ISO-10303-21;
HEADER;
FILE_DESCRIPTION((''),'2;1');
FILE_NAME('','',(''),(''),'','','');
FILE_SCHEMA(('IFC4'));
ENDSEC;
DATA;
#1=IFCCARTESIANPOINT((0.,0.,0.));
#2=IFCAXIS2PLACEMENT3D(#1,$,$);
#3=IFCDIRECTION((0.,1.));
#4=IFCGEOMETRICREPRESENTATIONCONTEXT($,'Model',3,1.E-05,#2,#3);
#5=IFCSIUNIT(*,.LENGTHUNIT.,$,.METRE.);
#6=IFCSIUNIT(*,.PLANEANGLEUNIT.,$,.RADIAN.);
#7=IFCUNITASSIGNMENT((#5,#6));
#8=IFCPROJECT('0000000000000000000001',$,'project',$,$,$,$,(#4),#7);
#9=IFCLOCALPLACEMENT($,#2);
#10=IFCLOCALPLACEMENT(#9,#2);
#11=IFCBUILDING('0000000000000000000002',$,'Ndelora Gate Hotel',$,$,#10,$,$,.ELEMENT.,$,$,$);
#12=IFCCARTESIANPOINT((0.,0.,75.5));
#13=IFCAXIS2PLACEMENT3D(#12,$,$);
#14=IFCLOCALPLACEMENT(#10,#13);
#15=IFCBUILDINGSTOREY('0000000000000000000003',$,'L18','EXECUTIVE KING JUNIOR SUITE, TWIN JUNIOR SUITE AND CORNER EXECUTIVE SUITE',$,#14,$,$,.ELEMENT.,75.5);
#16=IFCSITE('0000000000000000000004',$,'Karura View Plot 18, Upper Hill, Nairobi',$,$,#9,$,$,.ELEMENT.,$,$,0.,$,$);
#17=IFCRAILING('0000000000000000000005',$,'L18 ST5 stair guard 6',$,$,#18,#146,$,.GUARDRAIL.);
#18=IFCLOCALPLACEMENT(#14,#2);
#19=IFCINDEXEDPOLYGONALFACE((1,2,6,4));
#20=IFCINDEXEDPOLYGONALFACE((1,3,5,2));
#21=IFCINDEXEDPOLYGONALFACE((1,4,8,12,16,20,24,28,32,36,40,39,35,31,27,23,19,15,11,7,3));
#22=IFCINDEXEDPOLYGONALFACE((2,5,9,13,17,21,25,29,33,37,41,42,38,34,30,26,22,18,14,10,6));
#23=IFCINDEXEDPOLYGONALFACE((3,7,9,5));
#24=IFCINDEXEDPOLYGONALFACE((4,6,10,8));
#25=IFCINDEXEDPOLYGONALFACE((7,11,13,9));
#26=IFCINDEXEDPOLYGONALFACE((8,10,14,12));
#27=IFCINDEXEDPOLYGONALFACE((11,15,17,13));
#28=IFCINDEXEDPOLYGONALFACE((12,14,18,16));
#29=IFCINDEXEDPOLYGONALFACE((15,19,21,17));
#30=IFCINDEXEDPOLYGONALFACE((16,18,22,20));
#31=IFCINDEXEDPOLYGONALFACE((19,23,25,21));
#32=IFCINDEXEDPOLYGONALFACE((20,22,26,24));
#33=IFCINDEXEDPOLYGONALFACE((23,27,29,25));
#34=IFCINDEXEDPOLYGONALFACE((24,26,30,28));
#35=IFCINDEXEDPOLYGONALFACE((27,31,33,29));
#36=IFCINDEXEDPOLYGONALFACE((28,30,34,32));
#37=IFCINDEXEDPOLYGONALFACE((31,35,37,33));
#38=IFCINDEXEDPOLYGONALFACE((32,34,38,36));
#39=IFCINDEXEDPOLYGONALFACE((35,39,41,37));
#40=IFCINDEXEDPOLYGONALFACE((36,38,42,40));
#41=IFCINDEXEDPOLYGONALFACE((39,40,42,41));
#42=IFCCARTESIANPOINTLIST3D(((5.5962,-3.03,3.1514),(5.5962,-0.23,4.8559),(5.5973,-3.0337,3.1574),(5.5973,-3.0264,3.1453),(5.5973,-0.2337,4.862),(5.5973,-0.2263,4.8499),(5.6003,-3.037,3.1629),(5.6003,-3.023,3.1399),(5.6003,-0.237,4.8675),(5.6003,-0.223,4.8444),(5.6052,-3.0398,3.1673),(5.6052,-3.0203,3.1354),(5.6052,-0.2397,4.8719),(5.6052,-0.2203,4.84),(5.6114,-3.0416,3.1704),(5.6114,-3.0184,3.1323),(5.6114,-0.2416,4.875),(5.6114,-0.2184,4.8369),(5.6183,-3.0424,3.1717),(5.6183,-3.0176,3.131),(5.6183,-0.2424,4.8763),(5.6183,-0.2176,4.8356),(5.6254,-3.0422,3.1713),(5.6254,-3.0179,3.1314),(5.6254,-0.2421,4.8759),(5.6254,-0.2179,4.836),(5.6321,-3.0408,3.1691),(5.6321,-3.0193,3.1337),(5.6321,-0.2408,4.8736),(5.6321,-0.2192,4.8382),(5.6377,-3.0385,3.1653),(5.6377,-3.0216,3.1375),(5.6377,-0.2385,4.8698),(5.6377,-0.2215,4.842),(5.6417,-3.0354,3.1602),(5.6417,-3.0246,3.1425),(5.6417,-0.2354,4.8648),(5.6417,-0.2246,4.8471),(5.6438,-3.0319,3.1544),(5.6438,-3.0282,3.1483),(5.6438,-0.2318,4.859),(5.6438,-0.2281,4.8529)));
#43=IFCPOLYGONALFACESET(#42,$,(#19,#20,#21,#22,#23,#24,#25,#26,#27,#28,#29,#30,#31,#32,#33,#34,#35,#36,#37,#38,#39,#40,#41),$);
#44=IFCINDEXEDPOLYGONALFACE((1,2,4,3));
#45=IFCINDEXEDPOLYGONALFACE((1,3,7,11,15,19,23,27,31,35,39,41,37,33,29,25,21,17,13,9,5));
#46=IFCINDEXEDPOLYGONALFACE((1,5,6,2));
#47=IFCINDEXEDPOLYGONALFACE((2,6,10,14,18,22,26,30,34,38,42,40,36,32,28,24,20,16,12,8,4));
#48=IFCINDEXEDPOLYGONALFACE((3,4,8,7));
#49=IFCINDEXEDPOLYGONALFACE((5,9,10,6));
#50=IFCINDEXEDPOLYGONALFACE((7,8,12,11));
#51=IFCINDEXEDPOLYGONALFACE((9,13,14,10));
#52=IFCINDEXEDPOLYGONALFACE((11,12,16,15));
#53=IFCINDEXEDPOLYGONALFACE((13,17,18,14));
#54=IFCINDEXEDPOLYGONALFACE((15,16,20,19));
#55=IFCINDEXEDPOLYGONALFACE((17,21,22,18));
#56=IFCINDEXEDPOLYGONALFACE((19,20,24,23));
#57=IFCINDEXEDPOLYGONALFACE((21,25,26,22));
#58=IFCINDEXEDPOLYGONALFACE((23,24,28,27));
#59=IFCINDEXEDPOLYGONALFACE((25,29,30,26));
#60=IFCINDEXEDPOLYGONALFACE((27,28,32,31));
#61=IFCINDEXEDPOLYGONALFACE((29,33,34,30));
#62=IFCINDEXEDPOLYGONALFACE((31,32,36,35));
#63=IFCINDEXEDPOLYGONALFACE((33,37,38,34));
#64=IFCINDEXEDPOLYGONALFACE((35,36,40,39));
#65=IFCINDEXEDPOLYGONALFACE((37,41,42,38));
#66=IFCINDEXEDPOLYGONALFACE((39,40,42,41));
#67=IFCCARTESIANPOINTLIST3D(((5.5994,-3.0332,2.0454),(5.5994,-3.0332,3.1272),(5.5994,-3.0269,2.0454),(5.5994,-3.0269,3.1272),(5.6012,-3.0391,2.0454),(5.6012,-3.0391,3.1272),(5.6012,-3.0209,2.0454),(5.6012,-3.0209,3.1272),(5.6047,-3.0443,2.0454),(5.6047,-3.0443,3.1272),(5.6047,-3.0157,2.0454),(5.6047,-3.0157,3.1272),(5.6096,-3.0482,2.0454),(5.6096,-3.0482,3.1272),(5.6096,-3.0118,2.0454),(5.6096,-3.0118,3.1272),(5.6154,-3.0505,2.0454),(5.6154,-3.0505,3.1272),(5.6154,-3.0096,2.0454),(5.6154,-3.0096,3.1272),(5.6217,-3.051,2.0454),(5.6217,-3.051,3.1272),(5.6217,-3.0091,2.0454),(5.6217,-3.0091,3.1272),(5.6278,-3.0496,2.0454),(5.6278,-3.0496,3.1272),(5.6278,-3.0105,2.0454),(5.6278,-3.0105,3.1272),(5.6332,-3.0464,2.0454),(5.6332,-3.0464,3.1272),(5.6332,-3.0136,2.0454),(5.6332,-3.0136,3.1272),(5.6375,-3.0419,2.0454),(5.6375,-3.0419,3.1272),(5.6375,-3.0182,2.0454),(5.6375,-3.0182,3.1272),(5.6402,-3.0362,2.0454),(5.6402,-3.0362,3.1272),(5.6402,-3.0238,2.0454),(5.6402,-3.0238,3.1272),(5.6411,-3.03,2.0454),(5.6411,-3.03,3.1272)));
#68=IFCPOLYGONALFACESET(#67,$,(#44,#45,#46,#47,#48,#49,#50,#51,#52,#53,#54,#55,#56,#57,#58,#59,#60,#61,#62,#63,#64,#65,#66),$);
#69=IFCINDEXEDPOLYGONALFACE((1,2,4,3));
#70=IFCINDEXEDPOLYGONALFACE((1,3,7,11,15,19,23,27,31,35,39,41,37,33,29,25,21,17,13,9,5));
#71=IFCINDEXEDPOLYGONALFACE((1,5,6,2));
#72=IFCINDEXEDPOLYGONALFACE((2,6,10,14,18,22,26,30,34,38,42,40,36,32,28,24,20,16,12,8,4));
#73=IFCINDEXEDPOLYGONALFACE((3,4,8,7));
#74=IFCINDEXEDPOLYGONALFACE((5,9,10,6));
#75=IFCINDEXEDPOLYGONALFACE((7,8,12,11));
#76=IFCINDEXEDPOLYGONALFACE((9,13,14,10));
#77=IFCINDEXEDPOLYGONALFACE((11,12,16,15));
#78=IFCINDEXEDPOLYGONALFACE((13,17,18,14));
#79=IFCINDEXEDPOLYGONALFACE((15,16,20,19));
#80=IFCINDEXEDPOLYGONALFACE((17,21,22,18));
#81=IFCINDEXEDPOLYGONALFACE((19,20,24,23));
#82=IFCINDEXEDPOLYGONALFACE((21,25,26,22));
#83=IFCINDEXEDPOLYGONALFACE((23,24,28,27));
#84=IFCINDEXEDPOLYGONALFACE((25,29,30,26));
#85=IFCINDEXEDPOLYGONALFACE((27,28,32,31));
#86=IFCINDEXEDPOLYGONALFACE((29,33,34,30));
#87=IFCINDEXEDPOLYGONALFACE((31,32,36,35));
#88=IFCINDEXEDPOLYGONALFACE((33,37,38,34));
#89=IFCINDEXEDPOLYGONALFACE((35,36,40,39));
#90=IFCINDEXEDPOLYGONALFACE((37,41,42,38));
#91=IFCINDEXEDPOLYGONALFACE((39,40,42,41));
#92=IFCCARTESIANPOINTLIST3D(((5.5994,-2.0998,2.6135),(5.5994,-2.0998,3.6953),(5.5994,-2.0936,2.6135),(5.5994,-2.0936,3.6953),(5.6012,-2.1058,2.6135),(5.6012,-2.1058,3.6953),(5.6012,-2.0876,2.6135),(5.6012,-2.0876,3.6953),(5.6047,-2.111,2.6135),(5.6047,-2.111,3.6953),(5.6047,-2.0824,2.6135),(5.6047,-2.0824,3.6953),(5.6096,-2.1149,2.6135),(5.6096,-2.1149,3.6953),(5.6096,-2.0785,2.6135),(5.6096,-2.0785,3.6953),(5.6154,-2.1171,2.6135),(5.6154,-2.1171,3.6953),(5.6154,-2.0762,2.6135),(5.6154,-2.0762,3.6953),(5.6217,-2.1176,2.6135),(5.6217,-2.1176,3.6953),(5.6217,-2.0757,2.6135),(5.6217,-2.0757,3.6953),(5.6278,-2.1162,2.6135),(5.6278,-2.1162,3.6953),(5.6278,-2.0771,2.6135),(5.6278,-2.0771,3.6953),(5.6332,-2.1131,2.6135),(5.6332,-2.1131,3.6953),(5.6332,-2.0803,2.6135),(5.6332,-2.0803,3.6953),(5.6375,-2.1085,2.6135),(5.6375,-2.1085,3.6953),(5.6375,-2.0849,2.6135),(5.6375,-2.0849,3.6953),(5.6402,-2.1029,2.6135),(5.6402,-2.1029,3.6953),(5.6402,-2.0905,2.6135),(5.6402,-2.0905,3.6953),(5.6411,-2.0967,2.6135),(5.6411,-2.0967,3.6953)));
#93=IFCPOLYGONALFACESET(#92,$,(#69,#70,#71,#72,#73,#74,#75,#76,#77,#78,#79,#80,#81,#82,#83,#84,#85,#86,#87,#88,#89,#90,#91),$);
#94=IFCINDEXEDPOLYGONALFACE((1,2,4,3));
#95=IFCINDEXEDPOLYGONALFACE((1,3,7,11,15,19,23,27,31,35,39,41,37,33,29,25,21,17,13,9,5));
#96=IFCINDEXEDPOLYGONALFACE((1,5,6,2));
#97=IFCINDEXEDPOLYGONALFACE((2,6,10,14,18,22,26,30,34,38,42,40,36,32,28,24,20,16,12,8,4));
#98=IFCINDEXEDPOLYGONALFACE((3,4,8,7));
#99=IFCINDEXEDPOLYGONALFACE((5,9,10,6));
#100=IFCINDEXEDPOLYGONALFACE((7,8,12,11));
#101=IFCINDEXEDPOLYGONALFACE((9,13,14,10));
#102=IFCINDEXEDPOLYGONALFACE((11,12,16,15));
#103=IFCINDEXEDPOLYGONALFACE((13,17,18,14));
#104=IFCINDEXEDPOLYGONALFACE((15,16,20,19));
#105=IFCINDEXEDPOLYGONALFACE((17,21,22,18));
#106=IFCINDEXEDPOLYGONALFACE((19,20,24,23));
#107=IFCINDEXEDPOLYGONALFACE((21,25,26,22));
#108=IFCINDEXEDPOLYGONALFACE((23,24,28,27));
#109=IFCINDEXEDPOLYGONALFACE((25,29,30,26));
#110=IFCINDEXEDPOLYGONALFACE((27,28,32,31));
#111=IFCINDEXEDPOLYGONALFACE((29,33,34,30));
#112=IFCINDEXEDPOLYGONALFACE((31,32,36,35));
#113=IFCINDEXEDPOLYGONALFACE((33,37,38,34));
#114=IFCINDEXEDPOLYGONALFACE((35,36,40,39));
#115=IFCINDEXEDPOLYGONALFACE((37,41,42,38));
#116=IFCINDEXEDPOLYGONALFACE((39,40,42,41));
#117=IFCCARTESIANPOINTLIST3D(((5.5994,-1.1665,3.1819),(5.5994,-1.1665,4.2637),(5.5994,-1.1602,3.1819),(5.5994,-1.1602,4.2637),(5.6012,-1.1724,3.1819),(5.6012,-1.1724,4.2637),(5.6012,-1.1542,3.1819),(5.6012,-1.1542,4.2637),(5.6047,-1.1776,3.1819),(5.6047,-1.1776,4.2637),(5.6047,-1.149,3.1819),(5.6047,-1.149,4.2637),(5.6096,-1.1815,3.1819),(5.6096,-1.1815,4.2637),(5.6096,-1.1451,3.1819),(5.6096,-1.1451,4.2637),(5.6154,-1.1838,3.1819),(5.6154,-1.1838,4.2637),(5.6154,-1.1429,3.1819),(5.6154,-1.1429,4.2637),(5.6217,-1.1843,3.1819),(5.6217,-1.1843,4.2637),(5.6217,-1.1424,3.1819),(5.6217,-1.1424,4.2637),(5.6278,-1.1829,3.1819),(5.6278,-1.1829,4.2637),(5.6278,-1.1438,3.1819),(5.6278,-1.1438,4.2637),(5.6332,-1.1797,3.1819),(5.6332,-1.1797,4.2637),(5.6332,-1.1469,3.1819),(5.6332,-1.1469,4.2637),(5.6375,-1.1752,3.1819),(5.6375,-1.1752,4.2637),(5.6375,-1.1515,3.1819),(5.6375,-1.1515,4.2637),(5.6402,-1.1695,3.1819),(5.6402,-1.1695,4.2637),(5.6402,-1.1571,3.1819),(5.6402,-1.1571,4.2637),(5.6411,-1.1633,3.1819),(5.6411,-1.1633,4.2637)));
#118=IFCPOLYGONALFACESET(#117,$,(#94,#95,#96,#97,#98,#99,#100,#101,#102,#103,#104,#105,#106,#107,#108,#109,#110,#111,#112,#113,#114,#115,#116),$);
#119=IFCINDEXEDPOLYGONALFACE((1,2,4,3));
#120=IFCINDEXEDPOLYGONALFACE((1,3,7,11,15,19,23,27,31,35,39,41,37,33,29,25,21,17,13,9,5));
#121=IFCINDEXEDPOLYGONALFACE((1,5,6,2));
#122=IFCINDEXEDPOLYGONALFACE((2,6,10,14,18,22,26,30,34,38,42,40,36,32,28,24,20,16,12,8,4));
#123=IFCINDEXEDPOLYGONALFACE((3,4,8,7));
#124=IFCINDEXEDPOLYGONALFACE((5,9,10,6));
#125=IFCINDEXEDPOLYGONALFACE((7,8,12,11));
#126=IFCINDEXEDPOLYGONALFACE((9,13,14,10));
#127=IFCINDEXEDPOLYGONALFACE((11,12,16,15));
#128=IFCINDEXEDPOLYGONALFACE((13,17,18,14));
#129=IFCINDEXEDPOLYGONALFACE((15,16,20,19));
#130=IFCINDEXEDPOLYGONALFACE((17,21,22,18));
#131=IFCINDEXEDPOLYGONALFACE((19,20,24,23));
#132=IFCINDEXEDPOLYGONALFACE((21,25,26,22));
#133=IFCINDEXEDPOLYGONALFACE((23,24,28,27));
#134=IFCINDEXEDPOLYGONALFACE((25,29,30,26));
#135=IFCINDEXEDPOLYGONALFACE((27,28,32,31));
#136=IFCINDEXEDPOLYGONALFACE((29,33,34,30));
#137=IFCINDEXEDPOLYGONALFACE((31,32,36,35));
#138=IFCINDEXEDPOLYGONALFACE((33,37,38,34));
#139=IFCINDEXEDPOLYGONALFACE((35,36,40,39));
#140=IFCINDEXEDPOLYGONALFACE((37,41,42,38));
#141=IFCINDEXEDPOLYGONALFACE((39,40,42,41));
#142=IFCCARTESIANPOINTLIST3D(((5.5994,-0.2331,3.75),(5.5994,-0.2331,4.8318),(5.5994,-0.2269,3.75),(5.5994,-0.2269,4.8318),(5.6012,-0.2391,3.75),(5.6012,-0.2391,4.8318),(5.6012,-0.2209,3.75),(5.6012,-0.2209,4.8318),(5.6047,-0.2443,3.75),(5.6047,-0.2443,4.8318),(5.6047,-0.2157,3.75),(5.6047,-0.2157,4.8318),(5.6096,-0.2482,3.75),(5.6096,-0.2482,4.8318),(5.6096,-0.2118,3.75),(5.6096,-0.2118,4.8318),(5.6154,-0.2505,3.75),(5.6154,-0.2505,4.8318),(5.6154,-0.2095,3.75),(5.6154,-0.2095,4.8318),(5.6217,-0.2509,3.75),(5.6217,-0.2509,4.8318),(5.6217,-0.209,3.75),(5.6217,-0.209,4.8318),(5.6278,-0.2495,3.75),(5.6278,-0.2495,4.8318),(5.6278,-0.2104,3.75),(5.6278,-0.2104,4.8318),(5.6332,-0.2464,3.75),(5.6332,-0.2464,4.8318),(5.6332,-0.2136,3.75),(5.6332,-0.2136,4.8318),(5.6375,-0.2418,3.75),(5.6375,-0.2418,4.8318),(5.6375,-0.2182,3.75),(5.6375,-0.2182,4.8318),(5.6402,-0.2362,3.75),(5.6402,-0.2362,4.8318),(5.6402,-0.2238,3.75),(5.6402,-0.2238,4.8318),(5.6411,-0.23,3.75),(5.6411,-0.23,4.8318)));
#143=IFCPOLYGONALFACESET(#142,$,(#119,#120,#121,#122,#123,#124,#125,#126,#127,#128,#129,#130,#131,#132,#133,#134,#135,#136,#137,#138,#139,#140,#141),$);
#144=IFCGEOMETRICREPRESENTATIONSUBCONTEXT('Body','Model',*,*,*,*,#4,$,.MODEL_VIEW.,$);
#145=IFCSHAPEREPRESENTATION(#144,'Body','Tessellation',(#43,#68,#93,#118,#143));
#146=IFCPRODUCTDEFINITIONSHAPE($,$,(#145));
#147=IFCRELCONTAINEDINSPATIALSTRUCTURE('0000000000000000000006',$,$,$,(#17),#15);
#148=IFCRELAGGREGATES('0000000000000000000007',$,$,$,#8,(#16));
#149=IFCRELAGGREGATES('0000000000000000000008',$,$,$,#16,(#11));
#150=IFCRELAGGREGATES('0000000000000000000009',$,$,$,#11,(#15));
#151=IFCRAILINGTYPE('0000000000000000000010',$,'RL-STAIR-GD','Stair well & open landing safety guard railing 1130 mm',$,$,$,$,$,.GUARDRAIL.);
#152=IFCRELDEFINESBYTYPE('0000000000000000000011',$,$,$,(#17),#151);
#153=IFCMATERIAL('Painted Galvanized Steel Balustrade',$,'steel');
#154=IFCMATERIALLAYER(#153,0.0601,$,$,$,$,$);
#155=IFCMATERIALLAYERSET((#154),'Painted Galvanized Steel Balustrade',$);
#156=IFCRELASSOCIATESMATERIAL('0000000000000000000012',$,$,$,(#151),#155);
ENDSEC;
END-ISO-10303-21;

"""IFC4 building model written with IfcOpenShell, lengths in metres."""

from ifc_helpers import new_model, si_unit, direction, frame, origin, origin_2d, place, context, subcontext, project, spatial, circle, extrude, material, layer, layer_set, type_object, element, save


model = new_model("IFC4")

# Units and contexts
model_context = context("Model", 3, precision=1e-05, world=origin(), true_north=direction((0.0, 1.0)))
body_context = subcontext(model_context, "Body", "Model", "MODEL_VIEW")
ifc_project = project(units=[si_unit("LENGTHUNIT", "METRE"), si_unit("PLANEANGLEUNIT", "RADIAN")], contexts=[model_context])

# Site, building, storey
site_placement = place(None, origin())
site = spatial("IfcSite", under=ifc_project, at=site_placement, Name="Karura View Plot 18, Upper Hill, Nairobi", CompositionType="ELEMENT", RefElevation=0.0)
building_placement = place(site_placement, origin())
building = spatial("IfcBuilding", under=site, at=building_placement, Name="Ndelora Gate Hotel", CompositionType="ELEMENT")
storey_placement = place(building_placement, frame((0.0, 0.0, 75.5)))
storey = spatial("IfcBuildingStorey", under=building, at=storey_placement, Name="L18", Description="EXECUTIVE KING JUNIOR SUITE, TWIN JUNIOR SUITE AND CORNER EXECUTIVE SUITE", CompositionType="ELEMENT", Elevation=75.5)

# Railing
ifc_material_1 = material(Name="Painted Galvanized Steel Balustrade", Category="steel")
ifc_layer_1 = layer(ifc_material_1, 0.0601)
ifc_layer_set_1 = layer_set([ifc_layer_1], Name="Painted Galvanized Steel Balustrade")
railing_type = type_object("IfcRailingType", Name="RL-STAIR-GD", Description="Stair well & open landing safety guard railing 1130 mm", PredefinedType="GUARDRAIL", material=ifc_layer_set_1)
railing_1_placement = place(storey_placement, frame((5.6201, -3.03, 2.0454)))
element("IfcRailing", 1, at=railing_1_placement, inside=storey, type_object=railing_type, Name="L18 ST5 stair guard 6", PredefinedType="GUARDRAIL", context=body_context, shape_type="SweptSolid", body=[
    extrude(circle(Radius=0.0239, at=origin_2d()), frame((0.0, 0.0, 1.106), z_axis=(0.0, 0.85417, 0.519994), x_axis=(-1.0, 0.0, 0.0)), (0.0, 0.0, 1.0), 3.2781),
    extrude(circle(Radius=0.021, at=origin_2d()), origin(), (0.0, 0.0, 1.0), 1.0818),
    extrude(circle(Radius=0.021, at=origin_2d()), frame((0.0, 0.9333, 0.5681)), (0.0, 0.0, 1.0), 1.0818),
    extrude(circle(Radius=0.021, at=origin_2d()), frame((0.0, 1.8667, 1.1365)), (0.0, 0.0, 1.0), 1.0818),
    extrude(circle(Radius=0.021, at=origin_2d()), frame((0.0, 2.8, 1.7046)), (0.0, 0.0, 1.0), 1.0818),
])

save(model, "model.ifc")
